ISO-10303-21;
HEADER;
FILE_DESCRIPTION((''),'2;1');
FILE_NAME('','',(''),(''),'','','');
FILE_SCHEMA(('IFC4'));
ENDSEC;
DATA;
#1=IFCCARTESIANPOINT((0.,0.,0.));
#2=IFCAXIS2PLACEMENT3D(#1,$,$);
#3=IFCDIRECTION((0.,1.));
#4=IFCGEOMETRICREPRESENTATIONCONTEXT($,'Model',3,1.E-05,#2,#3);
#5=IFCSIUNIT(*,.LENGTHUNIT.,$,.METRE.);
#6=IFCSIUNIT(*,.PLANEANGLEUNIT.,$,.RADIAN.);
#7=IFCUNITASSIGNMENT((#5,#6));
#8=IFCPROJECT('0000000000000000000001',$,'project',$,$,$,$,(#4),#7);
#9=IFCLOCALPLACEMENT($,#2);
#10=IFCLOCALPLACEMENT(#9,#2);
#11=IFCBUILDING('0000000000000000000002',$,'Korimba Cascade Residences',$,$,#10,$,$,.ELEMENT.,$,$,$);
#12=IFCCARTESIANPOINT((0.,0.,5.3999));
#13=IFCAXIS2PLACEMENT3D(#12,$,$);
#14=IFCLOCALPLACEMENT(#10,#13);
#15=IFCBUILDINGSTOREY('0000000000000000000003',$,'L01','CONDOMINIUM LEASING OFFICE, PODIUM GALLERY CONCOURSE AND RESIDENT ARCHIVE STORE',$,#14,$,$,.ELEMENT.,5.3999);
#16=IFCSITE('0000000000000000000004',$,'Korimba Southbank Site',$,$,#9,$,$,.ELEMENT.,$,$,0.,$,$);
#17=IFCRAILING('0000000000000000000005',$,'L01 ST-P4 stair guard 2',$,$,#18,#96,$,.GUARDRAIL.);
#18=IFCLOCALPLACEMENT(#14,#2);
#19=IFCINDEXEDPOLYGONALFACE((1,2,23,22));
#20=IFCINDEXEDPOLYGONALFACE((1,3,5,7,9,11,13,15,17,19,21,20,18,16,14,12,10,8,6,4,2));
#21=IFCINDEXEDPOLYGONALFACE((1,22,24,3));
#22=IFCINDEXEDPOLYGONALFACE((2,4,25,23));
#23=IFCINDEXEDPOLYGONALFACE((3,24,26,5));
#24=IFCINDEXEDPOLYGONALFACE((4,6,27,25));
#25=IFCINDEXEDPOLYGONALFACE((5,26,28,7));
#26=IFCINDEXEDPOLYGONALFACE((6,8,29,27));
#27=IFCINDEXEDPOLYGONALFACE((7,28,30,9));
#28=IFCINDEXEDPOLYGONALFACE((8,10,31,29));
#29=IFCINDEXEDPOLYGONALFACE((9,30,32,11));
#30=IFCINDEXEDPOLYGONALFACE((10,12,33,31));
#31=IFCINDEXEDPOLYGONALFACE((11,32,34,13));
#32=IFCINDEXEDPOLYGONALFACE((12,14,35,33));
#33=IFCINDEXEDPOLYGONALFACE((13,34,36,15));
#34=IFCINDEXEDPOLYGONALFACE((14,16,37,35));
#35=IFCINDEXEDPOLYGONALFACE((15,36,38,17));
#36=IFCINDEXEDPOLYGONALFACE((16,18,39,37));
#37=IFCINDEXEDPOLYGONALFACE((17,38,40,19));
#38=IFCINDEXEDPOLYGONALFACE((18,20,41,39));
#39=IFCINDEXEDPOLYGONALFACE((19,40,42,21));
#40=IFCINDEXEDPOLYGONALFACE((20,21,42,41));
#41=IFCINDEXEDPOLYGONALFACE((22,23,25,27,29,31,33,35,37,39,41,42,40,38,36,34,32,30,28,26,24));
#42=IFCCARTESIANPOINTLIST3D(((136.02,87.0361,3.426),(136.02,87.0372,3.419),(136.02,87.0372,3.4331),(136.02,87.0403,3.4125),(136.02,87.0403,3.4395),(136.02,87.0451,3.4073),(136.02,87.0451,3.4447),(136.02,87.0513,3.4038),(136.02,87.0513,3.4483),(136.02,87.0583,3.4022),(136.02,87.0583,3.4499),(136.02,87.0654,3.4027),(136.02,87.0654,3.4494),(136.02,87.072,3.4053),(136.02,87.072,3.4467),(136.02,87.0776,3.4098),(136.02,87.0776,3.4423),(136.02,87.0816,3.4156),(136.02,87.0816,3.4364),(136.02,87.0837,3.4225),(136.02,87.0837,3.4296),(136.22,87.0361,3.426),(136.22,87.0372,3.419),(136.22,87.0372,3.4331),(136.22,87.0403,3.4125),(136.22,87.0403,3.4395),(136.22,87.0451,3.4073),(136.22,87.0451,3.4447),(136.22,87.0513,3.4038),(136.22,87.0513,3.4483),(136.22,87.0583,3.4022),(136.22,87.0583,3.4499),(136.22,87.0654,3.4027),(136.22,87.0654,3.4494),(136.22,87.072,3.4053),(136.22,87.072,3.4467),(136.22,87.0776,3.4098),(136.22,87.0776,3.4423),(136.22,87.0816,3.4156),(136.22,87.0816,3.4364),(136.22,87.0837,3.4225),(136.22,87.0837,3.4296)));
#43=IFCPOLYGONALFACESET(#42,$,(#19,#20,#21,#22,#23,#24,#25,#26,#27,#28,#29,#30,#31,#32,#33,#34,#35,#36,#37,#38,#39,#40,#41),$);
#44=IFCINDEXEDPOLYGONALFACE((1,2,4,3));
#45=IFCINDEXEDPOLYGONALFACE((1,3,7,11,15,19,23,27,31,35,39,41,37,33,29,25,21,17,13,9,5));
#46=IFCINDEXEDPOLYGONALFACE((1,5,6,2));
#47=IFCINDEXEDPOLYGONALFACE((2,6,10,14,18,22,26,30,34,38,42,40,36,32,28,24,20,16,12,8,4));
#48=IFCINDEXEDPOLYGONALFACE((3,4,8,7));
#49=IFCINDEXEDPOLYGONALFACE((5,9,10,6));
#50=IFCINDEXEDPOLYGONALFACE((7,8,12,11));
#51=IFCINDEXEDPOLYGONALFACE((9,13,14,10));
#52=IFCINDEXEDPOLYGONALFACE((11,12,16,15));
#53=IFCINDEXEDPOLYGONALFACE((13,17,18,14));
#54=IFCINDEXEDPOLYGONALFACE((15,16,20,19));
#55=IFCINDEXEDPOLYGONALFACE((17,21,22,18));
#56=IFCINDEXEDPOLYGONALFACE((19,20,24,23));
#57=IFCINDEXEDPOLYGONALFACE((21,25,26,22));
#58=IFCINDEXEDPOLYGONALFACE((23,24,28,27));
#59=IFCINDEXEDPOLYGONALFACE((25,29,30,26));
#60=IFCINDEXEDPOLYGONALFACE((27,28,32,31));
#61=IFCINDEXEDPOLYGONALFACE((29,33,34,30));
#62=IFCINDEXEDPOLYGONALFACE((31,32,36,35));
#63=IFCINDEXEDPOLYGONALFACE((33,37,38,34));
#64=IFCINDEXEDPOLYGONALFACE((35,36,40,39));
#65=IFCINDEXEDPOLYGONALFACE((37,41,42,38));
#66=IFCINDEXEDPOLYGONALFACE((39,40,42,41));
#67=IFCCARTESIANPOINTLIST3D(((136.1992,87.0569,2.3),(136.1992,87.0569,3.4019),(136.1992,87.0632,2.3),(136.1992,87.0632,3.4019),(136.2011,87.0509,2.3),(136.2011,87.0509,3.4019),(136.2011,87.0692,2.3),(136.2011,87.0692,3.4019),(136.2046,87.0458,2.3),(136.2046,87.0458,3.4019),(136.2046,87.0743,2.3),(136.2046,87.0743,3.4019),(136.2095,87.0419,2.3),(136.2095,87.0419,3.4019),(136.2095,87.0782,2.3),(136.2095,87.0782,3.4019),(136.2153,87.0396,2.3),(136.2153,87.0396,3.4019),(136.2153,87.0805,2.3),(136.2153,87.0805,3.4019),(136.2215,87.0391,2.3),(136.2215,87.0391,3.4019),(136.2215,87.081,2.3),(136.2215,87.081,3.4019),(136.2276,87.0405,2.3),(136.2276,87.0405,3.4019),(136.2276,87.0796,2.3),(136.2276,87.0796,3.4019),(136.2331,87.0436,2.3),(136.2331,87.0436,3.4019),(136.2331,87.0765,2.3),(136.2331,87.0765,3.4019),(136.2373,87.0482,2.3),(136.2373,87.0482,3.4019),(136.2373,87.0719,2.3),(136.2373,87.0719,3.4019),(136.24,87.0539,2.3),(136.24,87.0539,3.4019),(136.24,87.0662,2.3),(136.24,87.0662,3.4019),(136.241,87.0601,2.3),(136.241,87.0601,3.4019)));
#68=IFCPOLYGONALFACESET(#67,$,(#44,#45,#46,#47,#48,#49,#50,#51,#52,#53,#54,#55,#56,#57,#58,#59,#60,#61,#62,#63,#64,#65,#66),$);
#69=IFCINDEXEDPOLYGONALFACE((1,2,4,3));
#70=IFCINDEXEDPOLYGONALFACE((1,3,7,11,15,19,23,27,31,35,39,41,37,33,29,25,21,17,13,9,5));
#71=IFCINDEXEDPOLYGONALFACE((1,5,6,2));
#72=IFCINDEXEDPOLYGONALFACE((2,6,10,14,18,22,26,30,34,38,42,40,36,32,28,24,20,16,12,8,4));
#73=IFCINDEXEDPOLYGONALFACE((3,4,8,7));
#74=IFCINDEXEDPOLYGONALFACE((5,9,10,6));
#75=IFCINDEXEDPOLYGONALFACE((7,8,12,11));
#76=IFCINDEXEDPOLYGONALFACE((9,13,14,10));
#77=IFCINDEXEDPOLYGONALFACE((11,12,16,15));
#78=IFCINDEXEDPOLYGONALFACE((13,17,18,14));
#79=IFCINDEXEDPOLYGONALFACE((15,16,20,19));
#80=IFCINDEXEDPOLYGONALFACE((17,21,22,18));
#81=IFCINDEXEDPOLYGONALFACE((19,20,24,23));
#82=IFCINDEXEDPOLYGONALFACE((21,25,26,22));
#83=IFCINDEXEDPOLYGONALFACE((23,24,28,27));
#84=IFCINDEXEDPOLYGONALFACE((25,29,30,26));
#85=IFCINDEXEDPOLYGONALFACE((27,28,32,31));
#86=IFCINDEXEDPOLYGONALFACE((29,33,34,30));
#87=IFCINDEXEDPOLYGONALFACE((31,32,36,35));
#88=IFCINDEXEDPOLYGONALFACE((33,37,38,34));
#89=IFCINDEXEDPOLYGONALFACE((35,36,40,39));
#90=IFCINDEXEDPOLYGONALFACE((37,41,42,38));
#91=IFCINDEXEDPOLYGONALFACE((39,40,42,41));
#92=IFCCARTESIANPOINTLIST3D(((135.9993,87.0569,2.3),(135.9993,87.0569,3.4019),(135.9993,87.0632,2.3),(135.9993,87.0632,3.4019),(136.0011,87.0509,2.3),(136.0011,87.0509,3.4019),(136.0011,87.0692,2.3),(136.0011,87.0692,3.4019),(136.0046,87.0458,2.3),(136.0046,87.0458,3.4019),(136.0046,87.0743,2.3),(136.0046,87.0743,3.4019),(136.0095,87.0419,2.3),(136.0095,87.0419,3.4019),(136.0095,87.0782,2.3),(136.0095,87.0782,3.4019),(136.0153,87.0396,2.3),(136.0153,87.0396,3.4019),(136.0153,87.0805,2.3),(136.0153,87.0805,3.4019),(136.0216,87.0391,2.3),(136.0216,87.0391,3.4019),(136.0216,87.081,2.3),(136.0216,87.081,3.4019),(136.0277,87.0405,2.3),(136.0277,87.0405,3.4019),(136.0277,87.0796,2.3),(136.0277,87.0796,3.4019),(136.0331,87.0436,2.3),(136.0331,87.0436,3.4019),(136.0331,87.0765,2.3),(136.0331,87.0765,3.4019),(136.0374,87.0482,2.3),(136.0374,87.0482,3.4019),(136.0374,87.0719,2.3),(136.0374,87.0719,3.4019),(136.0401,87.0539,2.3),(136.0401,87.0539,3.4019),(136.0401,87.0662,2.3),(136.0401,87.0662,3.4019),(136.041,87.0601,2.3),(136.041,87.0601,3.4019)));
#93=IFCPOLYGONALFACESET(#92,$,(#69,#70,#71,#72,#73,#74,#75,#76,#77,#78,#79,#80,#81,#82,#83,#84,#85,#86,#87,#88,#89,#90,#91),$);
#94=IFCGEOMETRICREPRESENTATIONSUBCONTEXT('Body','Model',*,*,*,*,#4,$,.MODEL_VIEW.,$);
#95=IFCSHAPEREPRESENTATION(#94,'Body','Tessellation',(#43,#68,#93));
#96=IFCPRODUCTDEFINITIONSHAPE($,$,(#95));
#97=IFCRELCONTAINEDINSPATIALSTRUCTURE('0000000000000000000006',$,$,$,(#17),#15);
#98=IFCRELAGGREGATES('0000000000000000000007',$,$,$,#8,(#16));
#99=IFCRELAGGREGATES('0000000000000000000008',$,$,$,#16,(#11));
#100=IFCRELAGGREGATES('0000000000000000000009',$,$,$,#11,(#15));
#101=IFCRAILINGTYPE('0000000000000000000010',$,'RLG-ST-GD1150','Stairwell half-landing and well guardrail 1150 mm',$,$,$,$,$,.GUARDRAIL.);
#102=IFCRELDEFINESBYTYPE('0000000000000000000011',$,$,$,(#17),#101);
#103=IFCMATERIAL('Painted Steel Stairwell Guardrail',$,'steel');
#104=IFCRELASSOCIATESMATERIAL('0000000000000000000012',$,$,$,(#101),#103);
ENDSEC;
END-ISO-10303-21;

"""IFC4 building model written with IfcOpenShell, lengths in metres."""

from ifc_helpers import new_model, si_unit, direction, frame, origin, origin_2d, place, context, subcontext, project, spatial, circle, extrude, material, type_object, element, save


model = new_model("IFC4")

# Units and contexts
model_context = context("Model", 3, precision=1e-05, world=origin(), true_north=direction((0.0, 1.0)))
body_context = subcontext(model_context, "Body", "Model", "MODEL_VIEW")
ifc_project = project(units=[si_unit("LENGTHUNIT", "METRE"), si_unit("PLANEANGLEUNIT", "RADIAN")], contexts=[model_context])

# Site, building, storey
site_placement = place(None, origin())
site = spatial("IfcSite", under=ifc_project, at=site_placement, Name="Korimba Southbank Site", CompositionType="ELEMENT", RefElevation=0.0)
building_placement = place(site_placement, origin())
building = spatial("IfcBuilding", under=site, at=building_placement, Name="Korimba Cascade Residences", CompositionType="ELEMENT")
storey_placement = place(building_placement, frame((0.0, 0.0, 5.3999)))
storey = spatial("IfcBuildingStorey", under=building, at=storey_placement, Name="L01", Description="CONDOMINIUM LEASING OFFICE, PODIUM GALLERY CONCOURSE AND RESIDENT ARCHIVE STORE", CompositionType="ELEMENT", Elevation=5.3999)

# Railing
ifc_material_1 = material(Name="Painted Steel Stairwell Guardrail", Category="steel")
railing_type_1 = type_object("IfcRailingType", Name="RLG-ST-GD1150", Description="Stairwell half-landing and well guardrail 1150 mm", PredefinedType="GUARDRAIL", material=ifc_material_1)
railing_1_placement = place(storey_placement, frame((136.22, 87.0601, 2.3)))
element("IfcRailing", 1, at=railing_1_placement, inside=storey, type_object=railing_type_1, Name="L01 ST-P4 stair guard 2", PredefinedType="GUARDRAIL", context=body_context, shape_type="SweptSolid", body=[
    extrude(circle(Radius=0.0239, at=origin_2d()), frame((0.0, 0.0, 1.126), z_axis=(-1.0, 0.0, 0.0), x_axis=(0.0, -1.0, 0.0)), (0.0, 0.0, 1.0), 0.2),
    extrude(circle(Radius=0.021, at=origin_2d()), origin(), (0.0, 0.0, 1.0), 1.1018),
    extrude(circle(Radius=0.021, at=origin_2d()), frame((-0.2, 0.0, 0.0)), (0.0, 0.0, 1.0), 1.1018),
])

save(model, "model.ifc")
